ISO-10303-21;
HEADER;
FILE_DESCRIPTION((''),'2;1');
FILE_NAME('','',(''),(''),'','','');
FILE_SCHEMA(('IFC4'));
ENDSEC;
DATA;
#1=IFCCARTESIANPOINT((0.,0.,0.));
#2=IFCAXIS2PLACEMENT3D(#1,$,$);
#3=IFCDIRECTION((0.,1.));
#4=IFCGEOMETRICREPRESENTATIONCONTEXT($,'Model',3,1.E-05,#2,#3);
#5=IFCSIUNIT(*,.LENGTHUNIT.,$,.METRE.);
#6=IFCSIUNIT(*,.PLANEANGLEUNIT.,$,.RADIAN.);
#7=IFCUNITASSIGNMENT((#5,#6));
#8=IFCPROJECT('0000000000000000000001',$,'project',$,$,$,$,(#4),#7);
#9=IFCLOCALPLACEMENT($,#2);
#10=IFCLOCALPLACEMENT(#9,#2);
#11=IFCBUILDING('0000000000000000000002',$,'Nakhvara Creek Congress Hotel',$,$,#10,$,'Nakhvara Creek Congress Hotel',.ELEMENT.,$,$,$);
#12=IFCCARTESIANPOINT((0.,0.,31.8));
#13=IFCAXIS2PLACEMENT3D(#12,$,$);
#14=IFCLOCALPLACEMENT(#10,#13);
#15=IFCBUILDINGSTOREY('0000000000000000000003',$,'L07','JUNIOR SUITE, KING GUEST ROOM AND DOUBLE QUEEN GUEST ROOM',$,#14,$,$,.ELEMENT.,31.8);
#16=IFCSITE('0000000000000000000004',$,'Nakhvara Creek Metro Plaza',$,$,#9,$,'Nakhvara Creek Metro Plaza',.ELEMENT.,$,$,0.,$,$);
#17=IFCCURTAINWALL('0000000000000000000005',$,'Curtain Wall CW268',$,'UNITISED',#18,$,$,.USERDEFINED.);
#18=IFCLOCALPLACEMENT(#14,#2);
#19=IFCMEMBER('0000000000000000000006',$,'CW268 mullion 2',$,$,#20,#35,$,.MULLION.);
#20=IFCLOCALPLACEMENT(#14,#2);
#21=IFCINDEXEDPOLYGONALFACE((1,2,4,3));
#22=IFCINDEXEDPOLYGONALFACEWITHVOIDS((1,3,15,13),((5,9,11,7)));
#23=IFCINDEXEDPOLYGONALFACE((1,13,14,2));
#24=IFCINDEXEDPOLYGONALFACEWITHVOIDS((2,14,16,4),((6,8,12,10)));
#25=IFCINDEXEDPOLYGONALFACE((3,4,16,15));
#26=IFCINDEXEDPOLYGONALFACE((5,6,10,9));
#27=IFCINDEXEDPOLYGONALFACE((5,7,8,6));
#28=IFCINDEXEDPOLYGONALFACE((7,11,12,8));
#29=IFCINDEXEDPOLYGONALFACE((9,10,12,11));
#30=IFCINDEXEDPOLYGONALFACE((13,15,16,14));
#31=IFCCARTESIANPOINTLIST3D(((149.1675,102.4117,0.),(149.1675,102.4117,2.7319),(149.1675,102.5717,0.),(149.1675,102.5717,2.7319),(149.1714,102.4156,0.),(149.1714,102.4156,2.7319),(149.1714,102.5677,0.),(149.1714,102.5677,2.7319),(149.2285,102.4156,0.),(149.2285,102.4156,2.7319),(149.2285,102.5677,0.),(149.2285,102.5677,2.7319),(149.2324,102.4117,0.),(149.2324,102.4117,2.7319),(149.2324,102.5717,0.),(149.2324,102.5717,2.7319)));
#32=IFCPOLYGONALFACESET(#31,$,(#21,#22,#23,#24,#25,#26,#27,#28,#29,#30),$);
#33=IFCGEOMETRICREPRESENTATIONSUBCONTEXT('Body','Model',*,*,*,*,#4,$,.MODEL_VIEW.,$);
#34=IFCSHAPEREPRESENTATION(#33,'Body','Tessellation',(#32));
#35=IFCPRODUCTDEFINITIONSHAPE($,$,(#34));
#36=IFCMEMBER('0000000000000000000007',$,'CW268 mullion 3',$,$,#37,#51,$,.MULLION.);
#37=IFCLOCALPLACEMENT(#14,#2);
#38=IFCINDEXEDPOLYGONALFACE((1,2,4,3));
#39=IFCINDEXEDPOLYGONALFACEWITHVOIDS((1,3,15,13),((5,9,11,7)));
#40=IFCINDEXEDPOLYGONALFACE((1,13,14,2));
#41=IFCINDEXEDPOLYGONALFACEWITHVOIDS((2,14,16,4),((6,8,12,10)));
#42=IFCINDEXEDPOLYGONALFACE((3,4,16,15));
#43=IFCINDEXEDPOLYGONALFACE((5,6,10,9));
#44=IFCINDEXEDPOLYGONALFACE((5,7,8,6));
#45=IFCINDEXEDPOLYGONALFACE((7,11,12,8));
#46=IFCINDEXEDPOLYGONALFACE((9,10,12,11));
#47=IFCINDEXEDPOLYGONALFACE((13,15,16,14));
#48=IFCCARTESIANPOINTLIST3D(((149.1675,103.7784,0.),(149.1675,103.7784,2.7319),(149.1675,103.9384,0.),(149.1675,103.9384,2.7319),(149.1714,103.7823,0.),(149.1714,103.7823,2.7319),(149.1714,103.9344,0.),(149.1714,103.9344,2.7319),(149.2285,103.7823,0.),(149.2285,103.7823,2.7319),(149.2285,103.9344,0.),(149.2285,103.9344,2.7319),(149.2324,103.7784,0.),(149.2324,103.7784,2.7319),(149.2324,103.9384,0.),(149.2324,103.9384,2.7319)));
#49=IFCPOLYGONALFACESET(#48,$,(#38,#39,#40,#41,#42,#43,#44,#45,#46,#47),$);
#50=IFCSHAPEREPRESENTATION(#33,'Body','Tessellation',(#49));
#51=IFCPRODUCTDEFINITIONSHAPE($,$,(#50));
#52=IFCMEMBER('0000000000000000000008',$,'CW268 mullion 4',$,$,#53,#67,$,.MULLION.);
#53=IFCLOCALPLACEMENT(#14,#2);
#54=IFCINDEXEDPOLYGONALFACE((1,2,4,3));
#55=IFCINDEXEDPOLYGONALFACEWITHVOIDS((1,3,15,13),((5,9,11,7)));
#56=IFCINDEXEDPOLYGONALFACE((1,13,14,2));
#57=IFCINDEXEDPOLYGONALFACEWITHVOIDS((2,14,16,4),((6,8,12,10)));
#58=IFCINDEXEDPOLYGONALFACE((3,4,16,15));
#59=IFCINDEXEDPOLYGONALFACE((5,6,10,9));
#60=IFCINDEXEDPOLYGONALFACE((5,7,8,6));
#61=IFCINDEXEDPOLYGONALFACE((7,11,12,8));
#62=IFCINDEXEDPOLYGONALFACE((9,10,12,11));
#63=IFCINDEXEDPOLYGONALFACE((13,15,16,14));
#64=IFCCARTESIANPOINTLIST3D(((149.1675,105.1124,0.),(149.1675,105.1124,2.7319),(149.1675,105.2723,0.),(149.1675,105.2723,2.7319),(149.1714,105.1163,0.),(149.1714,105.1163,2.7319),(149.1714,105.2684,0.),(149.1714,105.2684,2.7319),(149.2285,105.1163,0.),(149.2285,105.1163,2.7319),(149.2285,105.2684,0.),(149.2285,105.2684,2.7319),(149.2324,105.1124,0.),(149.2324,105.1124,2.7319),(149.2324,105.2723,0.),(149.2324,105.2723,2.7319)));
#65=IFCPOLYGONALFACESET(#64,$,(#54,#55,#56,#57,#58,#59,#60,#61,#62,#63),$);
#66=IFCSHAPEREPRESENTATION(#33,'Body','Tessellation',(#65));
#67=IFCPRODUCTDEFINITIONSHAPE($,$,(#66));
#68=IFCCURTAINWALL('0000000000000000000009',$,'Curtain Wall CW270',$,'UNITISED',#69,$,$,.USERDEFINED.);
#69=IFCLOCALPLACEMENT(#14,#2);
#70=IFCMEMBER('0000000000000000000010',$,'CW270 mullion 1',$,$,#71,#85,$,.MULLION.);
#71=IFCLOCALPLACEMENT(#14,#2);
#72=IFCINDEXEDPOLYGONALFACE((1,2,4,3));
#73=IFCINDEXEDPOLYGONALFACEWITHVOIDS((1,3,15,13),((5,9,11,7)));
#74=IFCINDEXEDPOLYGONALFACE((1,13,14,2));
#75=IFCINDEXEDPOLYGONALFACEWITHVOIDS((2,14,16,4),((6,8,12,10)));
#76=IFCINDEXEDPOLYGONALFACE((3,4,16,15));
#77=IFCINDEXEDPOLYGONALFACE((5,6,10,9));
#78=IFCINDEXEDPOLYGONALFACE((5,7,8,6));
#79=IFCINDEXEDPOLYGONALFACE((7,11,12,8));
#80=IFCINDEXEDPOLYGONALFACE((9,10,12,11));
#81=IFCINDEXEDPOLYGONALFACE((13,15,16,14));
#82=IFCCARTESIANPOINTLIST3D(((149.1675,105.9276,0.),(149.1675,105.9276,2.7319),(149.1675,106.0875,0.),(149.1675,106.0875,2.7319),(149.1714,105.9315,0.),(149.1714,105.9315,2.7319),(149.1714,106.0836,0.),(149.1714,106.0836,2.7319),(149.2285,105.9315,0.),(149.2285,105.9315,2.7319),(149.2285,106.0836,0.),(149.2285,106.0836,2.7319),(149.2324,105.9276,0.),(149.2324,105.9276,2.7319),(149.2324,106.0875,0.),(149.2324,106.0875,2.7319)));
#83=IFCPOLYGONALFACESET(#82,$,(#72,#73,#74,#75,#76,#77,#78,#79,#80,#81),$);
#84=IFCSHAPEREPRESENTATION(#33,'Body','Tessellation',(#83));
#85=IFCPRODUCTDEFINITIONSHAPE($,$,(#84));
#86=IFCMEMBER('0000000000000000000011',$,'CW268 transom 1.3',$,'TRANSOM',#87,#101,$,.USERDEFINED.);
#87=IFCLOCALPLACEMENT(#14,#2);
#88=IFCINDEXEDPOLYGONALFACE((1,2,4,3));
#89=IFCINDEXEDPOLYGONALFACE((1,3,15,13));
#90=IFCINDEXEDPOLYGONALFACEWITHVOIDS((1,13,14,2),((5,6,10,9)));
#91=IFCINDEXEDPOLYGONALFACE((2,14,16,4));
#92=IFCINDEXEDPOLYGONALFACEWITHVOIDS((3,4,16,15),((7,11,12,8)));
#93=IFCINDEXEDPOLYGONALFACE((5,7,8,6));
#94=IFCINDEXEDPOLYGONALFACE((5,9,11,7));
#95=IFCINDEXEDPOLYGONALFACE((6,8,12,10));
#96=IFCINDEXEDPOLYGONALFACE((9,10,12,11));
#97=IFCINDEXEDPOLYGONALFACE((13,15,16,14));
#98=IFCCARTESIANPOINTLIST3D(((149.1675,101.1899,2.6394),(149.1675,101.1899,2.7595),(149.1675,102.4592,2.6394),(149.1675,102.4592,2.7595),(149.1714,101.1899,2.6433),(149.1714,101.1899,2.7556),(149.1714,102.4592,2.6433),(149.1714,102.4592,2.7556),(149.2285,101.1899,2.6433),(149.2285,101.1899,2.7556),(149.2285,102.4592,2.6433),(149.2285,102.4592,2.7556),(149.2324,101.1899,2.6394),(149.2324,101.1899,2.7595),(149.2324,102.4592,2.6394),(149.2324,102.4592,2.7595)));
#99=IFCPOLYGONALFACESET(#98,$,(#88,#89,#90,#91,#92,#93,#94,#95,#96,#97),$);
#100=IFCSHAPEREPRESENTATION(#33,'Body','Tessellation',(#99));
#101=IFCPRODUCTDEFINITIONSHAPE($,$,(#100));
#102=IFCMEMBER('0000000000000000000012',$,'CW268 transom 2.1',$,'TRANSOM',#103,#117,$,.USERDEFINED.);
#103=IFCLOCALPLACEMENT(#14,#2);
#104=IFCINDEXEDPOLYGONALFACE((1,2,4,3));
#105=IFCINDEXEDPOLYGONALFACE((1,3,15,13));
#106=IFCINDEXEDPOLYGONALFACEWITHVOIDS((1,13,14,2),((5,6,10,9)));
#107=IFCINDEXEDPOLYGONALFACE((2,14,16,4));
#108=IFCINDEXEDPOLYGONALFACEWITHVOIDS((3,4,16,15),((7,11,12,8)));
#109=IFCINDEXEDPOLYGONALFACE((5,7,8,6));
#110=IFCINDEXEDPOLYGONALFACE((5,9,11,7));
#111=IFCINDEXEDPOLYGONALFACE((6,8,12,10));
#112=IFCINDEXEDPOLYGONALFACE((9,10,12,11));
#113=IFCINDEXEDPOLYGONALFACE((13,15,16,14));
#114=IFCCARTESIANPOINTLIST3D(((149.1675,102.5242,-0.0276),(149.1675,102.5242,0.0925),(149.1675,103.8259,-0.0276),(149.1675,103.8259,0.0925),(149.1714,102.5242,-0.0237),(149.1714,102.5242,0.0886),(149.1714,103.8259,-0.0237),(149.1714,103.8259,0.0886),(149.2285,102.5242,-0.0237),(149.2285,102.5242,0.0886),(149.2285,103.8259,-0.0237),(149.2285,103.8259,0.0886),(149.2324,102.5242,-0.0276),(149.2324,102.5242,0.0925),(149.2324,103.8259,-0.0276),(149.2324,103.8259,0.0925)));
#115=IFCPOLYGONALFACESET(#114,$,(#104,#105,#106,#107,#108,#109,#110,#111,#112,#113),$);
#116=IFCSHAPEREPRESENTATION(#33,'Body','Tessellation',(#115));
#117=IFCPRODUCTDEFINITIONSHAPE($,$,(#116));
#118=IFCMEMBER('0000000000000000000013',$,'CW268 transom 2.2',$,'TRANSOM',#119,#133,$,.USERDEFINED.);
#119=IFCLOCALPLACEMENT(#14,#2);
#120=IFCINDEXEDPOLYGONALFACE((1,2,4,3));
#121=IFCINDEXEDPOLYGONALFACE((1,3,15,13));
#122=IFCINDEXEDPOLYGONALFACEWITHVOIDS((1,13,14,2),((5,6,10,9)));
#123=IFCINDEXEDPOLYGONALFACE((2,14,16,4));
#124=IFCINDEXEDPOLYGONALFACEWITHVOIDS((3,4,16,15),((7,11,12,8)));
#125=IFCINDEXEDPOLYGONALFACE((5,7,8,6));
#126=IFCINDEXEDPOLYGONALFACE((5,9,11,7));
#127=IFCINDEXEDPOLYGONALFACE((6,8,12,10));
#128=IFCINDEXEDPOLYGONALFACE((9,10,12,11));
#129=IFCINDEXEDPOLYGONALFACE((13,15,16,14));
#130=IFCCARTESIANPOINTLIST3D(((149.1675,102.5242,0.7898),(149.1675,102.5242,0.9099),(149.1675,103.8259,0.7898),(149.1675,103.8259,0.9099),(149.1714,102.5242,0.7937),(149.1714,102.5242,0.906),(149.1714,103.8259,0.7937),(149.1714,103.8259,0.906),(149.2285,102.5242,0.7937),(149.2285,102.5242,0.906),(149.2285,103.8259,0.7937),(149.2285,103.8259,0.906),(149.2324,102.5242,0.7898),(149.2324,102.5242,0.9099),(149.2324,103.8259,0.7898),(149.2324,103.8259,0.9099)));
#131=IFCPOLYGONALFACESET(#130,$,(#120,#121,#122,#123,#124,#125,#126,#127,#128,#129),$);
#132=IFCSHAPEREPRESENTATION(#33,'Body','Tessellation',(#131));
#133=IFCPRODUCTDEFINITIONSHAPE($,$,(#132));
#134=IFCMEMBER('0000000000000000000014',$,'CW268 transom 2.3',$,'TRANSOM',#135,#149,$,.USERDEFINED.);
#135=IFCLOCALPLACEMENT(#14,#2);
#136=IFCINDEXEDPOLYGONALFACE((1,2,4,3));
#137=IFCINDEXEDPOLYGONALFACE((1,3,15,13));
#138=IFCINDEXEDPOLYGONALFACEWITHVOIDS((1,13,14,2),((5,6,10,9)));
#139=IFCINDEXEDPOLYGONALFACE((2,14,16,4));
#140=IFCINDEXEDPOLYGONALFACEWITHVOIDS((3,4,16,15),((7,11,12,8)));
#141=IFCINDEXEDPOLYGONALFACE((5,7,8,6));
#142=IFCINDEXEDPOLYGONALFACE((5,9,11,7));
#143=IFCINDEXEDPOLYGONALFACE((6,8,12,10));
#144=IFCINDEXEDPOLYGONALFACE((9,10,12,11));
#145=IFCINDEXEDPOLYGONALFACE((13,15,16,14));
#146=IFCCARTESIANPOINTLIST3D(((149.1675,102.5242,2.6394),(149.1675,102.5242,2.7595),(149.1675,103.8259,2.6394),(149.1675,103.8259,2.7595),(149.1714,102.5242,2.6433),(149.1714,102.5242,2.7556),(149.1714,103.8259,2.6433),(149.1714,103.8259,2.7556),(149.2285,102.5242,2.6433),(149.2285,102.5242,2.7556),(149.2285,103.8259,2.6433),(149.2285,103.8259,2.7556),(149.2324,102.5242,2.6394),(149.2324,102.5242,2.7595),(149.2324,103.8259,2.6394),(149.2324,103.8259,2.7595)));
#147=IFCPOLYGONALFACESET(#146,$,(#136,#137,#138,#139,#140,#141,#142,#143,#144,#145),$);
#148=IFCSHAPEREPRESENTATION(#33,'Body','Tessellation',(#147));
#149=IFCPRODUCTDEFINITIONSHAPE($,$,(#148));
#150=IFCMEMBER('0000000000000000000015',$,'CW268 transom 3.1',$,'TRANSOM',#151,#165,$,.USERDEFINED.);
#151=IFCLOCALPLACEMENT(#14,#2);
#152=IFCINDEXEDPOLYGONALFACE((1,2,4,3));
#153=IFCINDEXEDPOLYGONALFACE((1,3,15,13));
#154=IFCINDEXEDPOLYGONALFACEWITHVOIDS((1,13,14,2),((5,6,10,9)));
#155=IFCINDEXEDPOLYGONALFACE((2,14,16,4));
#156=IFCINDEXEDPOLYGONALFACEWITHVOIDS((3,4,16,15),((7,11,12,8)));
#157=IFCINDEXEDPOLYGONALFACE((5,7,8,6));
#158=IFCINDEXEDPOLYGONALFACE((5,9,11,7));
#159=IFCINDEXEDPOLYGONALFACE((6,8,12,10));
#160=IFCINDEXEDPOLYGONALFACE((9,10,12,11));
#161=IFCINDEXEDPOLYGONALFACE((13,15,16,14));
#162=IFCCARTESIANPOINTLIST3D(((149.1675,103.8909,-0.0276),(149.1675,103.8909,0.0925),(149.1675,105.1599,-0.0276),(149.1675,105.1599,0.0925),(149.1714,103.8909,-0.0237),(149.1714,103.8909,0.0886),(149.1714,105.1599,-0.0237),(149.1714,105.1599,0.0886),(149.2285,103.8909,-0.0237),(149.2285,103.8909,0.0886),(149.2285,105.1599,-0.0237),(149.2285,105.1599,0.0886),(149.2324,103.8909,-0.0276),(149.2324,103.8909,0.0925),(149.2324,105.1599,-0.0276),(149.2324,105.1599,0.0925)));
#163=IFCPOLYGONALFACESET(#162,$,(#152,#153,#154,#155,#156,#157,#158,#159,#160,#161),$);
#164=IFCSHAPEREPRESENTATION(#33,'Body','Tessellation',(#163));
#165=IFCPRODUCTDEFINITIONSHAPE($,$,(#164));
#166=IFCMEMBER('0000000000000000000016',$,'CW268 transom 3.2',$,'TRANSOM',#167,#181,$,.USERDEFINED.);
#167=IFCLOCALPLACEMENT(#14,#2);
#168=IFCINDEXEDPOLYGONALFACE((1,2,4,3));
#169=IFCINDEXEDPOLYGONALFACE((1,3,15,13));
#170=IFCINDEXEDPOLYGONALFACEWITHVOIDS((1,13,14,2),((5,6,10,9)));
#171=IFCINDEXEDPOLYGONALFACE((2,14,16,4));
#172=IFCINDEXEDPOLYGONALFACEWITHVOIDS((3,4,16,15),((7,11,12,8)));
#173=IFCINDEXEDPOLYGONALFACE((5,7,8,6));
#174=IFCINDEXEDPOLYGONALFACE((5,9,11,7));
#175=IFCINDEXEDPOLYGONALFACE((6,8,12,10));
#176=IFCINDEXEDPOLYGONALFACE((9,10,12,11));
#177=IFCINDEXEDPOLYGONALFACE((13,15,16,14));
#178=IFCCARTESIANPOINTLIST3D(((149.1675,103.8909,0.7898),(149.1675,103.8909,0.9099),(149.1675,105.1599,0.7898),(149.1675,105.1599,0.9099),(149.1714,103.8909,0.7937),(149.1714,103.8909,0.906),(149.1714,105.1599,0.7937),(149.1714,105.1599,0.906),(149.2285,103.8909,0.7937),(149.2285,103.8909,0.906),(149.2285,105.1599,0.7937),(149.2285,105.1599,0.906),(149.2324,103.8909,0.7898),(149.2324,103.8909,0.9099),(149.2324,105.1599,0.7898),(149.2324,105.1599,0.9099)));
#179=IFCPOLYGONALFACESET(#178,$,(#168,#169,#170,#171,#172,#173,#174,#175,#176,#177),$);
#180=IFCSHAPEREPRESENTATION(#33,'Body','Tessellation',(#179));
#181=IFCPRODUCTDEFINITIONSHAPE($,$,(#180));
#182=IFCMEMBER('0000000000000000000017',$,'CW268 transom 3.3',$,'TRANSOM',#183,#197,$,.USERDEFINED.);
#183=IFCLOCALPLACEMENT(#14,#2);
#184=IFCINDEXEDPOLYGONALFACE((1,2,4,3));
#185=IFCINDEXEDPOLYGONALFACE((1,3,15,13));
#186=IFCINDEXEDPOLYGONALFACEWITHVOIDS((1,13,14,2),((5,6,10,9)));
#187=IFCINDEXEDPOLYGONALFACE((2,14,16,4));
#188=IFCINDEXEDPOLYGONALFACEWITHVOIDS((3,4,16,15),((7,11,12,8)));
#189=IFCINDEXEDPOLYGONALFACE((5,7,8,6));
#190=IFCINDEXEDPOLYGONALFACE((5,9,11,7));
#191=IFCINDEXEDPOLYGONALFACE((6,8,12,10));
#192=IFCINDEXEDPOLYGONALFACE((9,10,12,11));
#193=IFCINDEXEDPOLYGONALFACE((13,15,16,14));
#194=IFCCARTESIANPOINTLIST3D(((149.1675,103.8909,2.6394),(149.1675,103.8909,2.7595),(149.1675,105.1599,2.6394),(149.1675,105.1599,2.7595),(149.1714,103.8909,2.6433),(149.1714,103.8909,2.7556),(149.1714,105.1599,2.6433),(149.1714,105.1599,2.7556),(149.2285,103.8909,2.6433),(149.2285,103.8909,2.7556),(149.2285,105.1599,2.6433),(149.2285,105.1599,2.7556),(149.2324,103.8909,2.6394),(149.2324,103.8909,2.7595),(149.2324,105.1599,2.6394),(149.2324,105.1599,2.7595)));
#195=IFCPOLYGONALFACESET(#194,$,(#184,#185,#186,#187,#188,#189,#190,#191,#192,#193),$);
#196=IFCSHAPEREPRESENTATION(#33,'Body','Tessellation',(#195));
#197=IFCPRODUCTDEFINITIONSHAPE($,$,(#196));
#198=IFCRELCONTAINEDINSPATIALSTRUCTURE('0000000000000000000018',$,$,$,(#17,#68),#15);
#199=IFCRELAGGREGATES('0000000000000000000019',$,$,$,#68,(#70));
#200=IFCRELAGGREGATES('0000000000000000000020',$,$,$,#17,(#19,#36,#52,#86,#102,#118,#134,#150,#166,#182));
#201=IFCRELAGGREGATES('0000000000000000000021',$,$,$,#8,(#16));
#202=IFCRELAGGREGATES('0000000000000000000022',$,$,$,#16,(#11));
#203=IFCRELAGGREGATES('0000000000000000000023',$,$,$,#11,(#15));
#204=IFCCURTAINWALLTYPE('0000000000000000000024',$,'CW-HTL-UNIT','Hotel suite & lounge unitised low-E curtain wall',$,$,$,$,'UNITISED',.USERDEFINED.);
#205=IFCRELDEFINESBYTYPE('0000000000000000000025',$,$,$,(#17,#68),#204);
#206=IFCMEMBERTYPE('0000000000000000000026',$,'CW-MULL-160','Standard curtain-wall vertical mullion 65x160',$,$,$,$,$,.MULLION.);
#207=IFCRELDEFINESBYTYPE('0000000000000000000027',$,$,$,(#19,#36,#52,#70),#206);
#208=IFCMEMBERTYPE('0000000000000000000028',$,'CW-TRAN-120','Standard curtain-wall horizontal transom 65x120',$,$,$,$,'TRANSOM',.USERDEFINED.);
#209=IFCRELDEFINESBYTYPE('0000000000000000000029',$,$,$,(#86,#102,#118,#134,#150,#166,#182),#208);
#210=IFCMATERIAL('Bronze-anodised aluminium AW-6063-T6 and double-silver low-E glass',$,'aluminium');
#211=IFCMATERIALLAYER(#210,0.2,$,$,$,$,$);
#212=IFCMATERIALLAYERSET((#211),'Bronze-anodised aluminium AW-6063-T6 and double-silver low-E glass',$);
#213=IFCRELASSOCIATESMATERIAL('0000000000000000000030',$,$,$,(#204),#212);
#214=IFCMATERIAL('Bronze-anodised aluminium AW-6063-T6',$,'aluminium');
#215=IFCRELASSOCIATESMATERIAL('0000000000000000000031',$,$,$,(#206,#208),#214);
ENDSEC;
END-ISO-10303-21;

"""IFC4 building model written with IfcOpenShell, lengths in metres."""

from ifc_helpers import new_model, si_unit, direction, frame, origin, origin_2d, place, context, subcontext, project, spatial, hollow_rectangle, extrude, material, layer, layer_set, material_profile, profile_set, type_object, element, aggregate, save


model = new_model("IFC4")

# Units and contexts
model_context = context("Model", 3, precision=1e-05, world=origin(), true_north=direction((0.0, 1.0)))
body_context = subcontext(model_context, "Body", "Model", "MODEL_VIEW")
ifc_project = project(units=[si_unit("LENGTHUNIT", "METRE"), si_unit("PLANEANGLEUNIT", "RADIAN")], contexts=[model_context])

# Site, building, storey
site_placement = place(None, origin())
site = spatial("IfcSite", under=ifc_project, at=site_placement, Name="Nakhvara Creek Metro Plaza", LongName="Nakhvara Creek Metro Plaza", CompositionType="ELEMENT", RefElevation=0.0)
building_placement = place(site_placement, origin())
building = spatial("IfcBuilding", under=site, at=building_placement, Name="Nakhvara Creek Congress Hotel", LongName="Nakhvara Creek Congress Hotel", CompositionType="ELEMENT")
storey_placement = place(building_placement, frame((0.0, 0.0, 31.8)))
storey = spatial("IfcBuildingStorey", under=building, at=storey_placement, Name="L07", Description="JUNIOR SUITE, KING GUEST ROOM AND DOUBLE QUEEN GUEST ROOM", CompositionType="ELEMENT", Elevation=31.8)

# Curtain wall, members
ifc_material_1 = material(Name="Bronze-anodised aluminium AW-6063-T6 and double-silver low-E glass", Category="aluminium")
ifc_layer = layer(ifc_material_1, 0.2)
ifc_layer_set = layer_set([ifc_layer], Name="Bronze-anodised aluminium AW-6063-T6 and double-silver low-E glass")
curtain_wall_type = type_object("IfcCurtainWallType", Name="CW-HTL-UNIT", Description="Hotel suite & lounge unitised low-E curtain wall", ElementType="UNITISED", PredefinedType="USERDEFINED", material=ifc_layer_set)
curtain_wall_1_placement = place(storey_placement, origin())
curtain_wall_1 = element("IfcCurtainWall", 1, at=curtain_wall_1_placement, inside=storey, type_object=curtain_wall_type, Name="Curtain Wall CW268", ObjectType="UNITISED", PredefinedType="USERDEFINED")
ifc_material_2 = material(Name="Bronze-anodised aluminium AW-6063-T6", Category="aluminium")
ifc_material_profile_1 = material_profile(ifc_material_2, hollow_rectangle(XDim=0.0649, YDim=0.1599, WallThickness=0.0039, at=origin_2d()), Name="ALU-MULL 65x160x4", Category="LoadBearing")
ifc_profile_set_1 = profile_set([ifc_material_profile_1], Name="Bronze-anodised aluminium AW-6063-T6")
member_type_1 = type_object("IfcMemberType", Name="CW-MULL-160", Description="Standard curtain-wall vertical mullion 65x160", PredefinedType="MULLION", material=ifc_profile_set_1)
member_1_placement = place(storey_placement, frame((149.2, 102.4917, 0.0), z_axis=(0.0, 0.0, 1.0), x_axis=(-1.0, 0.0, 0.0)))
member_1 = element("IfcMember", 2, at=member_1_placement, type_object=member_type_1, Name="CW268 mullion 2", PredefinedType="MULLION", context=body_context, shape_type="SweptSolid", body=[
    extrude(hollow_rectangle(XDim=0.0649, YDim=0.1599, WallThickness=0.0039, at=origin_2d()), origin(), (0.0, 0.0, 1.0), 2.7319),
])
member_2_placement = place(storey_placement, frame((149.2, 103.8584, 0.0), z_axis=(0.0, 0.0, 1.0), x_axis=(-1.0, 0.0, 0.0)))
member_2 = element("IfcMember", 3, at=member_2_placement, type_object=member_type_1, Name="CW268 mullion 3", PredefinedType="MULLION", context=body_context, shape_type="SweptSolid", body=[
    extrude(hollow_rectangle(XDim=0.0649, YDim=0.1599, WallThickness=0.0039, at=origin_2d()), origin(), (0.0, 0.0, 1.0), 2.7319),
])
member_3_placement = place(storey_placement, frame((149.2, 105.1924, 0.0), z_axis=(0.0, 0.0, 1.0), x_axis=(-1.0, 0.0, 0.0)))
member_3 = element("IfcMember", 4, at=member_3_placement, type_object=member_type_1, Name="CW268 mullion 4", PredefinedType="MULLION", context=body_context, shape_type="SweptSolid", body=[
    extrude(hollow_rectangle(XDim=0.0649, YDim=0.1599, WallThickness=0.0039, at=origin_2d()), origin(), (0.0, 0.0, 1.0), 2.7319),
])

# Curtain wall, member
curtain_wall_2_placement = place(storey_placement, origin())
curtain_wall_2 = element("IfcCurtainWall", 5, at=curtain_wall_2_placement, inside=storey, type_object=curtain_wall_type, Name="Curtain Wall CW270", ObjectType="UNITISED", PredefinedType="USERDEFINED")
member_4_placement = place(storey_placement, frame((149.2, 106.0076, 0.0), z_axis=(0.0, 0.0, 1.0), x_axis=(-1.0, 0.0, 0.0)))
member_4 = element("IfcMember", 6, at=member_4_placement, type_object=member_type_1, Name="CW270 mullion 1", PredefinedType="MULLION", context=body_context, shape_type="SweptSolid", body=[
    extrude(hollow_rectangle(XDim=0.0649, YDim=0.1599, WallThickness=0.0039, at=origin_2d()), origin(), (0.0, 0.0, 1.0), 2.7319),
])

# Members
ifc_material_profile_2 = material_profile(ifc_material_2, hollow_rectangle(XDim=0.0649, YDim=0.1201, WallThickness=0.0039, at=origin_2d()), Name="ALU-TRAN 65x120x4", Category="LoadBearing")
ifc_profile_set_2 = profile_set([ifc_material_profile_2], Name="Bronze-anodised aluminium AW-6063-T6")
member_type_2 = type_object("IfcMemberType", Name="CW-TRAN-120", Description="Standard curtain-wall horizontal transom 65x120", ElementType="TRANSOM", PredefinedType="USERDEFINED", material=ifc_profile_set_2)
member_5_placement = place(storey_placement, frame((149.2, 101.1899, 2.6995), z_axis=(0.0, 1.0, 0.0), x_axis=(-1.0, 0.0, 0.0)))
member_5 = element("IfcMember", 7, at=member_5_placement, type_object=member_type_2, Name="CW268 transom 1.3", ObjectType="TRANSOM", PredefinedType="USERDEFINED", context=body_context, shape_type="SweptSolid", body=[
    extrude(hollow_rectangle(XDim=0.0649, YDim=0.1201, WallThickness=0.0039, at=origin_2d()), origin(), (0.0, 0.0, 1.0), 1.2693),
])
member_6_placement = place(storey_placement, frame((149.2, 102.5242, 0.0325), z_axis=(0.0, 1.0, 0.0), x_axis=(-1.0, 0.0, 0.0)))
member_6 = element("IfcMember", 8, at=member_6_placement, type_object=member_type_2, Name="CW268 transom 2.1", ObjectType="TRANSOM", PredefinedType="USERDEFINED", context=body_context, shape_type="SweptSolid", body=[
    extrude(hollow_rectangle(XDim=0.0649, YDim=0.1201, WallThickness=0.0039, at=origin_2d()), origin(), (0.0, 0.0, 1.0), 1.3018),
])
member_7_placement = place(storey_placement, frame((149.2, 102.5242, 0.8499), z_axis=(0.0, 1.0, 0.0), x_axis=(-1.0, 0.0, 0.0)))
member_7 = element("IfcMember", 9, at=member_7_placement, type_object=member_type_2, Name="CW268 transom 2.2", ObjectType="TRANSOM", PredefinedType="USERDEFINED", context=body_context, shape_type="SweptSolid", body=[
    extrude(hollow_rectangle(XDim=0.0649, YDim=0.1201, WallThickness=0.0039, at=origin_2d()), origin(), (0.0, 0.0, 1.0), 1.3018),
])
member_8_placement = place(storey_placement, frame((149.2, 102.5242, 2.6995), z_axis=(0.0, 1.0, 0.0), x_axis=(-1.0, 0.0, 0.0)))
member_8 = element("IfcMember", 10, at=member_8_placement, type_object=member_type_2, Name="CW268 transom 2.3", ObjectType="TRANSOM", PredefinedType="USERDEFINED", context=body_context, shape_type="SweptSolid", body=[
    extrude(hollow_rectangle(XDim=0.0649, YDim=0.1201, WallThickness=0.0039, at=origin_2d()), origin(), (0.0, 0.0, 1.0), 1.3018),
])
member_9_placement = place(storey_placement, frame((149.2, 103.8909, 0.0325), z_axis=(0.0, 1.0, 0.0), x_axis=(-1.0, 0.0, 0.0)))
member_9 = element("IfcMember", 11, at=member_9_placement, type_object=member_type_2, Name="CW268 transom 3.1", ObjectType="TRANSOM", PredefinedType="USERDEFINED", context=body_context, shape_type="SweptSolid", body=[
    extrude(hollow_rectangle(XDim=0.0649, YDim=0.1201, WallThickness=0.0039, at=origin_2d()), origin(), (0.0, 0.0, 1.0), 1.269),
])
member_10_placement = place(storey_placement, frame((149.2, 103.8909, 0.8499), z_axis=(0.0, 1.0, 0.0), x_axis=(-1.0, 0.0, 0.0)))
member_10 = element("IfcMember", 12, at=member_10_placement, type_object=member_type_2, Name="CW268 transom 3.2", ObjectType="TRANSOM", PredefinedType="USERDEFINED", context=body_context, shape_type="SweptSolid", body=[
    extrude(hollow_rectangle(XDim=0.0649, YDim=0.1201, WallThickness=0.0039, at=origin_2d()), origin(), (0.0, 0.0, 1.0), 1.269),
])
member_11_placement = place(storey_placement, frame((149.2, 103.8909, 2.6995), z_axis=(0.0, 1.0, 0.0), x_axis=(-1.0, 0.0, 0.0)))
member_11 = element("IfcMember", 13, at=member_11_placement, type_object=member_type_2, Name="CW268 transom 3.3", ObjectType="TRANSOM", PredefinedType="USERDEFINED", context=body_context, shape_type="SweptSolid", body=[
    extrude(hollow_rectangle(XDim=0.0649, YDim=0.1201, WallThickness=0.0039, at=origin_2d()), origin(), (0.0, 0.0, 1.0), 1.269),
])
aggregate(curtain_wall_2, [member_4])

aggregate(curtain_wall_1, [member_1, member_2, member_3, member_5, member_6, member_7, member_8, member_9, member_10, member_11])

save(model, "model.ifc")
